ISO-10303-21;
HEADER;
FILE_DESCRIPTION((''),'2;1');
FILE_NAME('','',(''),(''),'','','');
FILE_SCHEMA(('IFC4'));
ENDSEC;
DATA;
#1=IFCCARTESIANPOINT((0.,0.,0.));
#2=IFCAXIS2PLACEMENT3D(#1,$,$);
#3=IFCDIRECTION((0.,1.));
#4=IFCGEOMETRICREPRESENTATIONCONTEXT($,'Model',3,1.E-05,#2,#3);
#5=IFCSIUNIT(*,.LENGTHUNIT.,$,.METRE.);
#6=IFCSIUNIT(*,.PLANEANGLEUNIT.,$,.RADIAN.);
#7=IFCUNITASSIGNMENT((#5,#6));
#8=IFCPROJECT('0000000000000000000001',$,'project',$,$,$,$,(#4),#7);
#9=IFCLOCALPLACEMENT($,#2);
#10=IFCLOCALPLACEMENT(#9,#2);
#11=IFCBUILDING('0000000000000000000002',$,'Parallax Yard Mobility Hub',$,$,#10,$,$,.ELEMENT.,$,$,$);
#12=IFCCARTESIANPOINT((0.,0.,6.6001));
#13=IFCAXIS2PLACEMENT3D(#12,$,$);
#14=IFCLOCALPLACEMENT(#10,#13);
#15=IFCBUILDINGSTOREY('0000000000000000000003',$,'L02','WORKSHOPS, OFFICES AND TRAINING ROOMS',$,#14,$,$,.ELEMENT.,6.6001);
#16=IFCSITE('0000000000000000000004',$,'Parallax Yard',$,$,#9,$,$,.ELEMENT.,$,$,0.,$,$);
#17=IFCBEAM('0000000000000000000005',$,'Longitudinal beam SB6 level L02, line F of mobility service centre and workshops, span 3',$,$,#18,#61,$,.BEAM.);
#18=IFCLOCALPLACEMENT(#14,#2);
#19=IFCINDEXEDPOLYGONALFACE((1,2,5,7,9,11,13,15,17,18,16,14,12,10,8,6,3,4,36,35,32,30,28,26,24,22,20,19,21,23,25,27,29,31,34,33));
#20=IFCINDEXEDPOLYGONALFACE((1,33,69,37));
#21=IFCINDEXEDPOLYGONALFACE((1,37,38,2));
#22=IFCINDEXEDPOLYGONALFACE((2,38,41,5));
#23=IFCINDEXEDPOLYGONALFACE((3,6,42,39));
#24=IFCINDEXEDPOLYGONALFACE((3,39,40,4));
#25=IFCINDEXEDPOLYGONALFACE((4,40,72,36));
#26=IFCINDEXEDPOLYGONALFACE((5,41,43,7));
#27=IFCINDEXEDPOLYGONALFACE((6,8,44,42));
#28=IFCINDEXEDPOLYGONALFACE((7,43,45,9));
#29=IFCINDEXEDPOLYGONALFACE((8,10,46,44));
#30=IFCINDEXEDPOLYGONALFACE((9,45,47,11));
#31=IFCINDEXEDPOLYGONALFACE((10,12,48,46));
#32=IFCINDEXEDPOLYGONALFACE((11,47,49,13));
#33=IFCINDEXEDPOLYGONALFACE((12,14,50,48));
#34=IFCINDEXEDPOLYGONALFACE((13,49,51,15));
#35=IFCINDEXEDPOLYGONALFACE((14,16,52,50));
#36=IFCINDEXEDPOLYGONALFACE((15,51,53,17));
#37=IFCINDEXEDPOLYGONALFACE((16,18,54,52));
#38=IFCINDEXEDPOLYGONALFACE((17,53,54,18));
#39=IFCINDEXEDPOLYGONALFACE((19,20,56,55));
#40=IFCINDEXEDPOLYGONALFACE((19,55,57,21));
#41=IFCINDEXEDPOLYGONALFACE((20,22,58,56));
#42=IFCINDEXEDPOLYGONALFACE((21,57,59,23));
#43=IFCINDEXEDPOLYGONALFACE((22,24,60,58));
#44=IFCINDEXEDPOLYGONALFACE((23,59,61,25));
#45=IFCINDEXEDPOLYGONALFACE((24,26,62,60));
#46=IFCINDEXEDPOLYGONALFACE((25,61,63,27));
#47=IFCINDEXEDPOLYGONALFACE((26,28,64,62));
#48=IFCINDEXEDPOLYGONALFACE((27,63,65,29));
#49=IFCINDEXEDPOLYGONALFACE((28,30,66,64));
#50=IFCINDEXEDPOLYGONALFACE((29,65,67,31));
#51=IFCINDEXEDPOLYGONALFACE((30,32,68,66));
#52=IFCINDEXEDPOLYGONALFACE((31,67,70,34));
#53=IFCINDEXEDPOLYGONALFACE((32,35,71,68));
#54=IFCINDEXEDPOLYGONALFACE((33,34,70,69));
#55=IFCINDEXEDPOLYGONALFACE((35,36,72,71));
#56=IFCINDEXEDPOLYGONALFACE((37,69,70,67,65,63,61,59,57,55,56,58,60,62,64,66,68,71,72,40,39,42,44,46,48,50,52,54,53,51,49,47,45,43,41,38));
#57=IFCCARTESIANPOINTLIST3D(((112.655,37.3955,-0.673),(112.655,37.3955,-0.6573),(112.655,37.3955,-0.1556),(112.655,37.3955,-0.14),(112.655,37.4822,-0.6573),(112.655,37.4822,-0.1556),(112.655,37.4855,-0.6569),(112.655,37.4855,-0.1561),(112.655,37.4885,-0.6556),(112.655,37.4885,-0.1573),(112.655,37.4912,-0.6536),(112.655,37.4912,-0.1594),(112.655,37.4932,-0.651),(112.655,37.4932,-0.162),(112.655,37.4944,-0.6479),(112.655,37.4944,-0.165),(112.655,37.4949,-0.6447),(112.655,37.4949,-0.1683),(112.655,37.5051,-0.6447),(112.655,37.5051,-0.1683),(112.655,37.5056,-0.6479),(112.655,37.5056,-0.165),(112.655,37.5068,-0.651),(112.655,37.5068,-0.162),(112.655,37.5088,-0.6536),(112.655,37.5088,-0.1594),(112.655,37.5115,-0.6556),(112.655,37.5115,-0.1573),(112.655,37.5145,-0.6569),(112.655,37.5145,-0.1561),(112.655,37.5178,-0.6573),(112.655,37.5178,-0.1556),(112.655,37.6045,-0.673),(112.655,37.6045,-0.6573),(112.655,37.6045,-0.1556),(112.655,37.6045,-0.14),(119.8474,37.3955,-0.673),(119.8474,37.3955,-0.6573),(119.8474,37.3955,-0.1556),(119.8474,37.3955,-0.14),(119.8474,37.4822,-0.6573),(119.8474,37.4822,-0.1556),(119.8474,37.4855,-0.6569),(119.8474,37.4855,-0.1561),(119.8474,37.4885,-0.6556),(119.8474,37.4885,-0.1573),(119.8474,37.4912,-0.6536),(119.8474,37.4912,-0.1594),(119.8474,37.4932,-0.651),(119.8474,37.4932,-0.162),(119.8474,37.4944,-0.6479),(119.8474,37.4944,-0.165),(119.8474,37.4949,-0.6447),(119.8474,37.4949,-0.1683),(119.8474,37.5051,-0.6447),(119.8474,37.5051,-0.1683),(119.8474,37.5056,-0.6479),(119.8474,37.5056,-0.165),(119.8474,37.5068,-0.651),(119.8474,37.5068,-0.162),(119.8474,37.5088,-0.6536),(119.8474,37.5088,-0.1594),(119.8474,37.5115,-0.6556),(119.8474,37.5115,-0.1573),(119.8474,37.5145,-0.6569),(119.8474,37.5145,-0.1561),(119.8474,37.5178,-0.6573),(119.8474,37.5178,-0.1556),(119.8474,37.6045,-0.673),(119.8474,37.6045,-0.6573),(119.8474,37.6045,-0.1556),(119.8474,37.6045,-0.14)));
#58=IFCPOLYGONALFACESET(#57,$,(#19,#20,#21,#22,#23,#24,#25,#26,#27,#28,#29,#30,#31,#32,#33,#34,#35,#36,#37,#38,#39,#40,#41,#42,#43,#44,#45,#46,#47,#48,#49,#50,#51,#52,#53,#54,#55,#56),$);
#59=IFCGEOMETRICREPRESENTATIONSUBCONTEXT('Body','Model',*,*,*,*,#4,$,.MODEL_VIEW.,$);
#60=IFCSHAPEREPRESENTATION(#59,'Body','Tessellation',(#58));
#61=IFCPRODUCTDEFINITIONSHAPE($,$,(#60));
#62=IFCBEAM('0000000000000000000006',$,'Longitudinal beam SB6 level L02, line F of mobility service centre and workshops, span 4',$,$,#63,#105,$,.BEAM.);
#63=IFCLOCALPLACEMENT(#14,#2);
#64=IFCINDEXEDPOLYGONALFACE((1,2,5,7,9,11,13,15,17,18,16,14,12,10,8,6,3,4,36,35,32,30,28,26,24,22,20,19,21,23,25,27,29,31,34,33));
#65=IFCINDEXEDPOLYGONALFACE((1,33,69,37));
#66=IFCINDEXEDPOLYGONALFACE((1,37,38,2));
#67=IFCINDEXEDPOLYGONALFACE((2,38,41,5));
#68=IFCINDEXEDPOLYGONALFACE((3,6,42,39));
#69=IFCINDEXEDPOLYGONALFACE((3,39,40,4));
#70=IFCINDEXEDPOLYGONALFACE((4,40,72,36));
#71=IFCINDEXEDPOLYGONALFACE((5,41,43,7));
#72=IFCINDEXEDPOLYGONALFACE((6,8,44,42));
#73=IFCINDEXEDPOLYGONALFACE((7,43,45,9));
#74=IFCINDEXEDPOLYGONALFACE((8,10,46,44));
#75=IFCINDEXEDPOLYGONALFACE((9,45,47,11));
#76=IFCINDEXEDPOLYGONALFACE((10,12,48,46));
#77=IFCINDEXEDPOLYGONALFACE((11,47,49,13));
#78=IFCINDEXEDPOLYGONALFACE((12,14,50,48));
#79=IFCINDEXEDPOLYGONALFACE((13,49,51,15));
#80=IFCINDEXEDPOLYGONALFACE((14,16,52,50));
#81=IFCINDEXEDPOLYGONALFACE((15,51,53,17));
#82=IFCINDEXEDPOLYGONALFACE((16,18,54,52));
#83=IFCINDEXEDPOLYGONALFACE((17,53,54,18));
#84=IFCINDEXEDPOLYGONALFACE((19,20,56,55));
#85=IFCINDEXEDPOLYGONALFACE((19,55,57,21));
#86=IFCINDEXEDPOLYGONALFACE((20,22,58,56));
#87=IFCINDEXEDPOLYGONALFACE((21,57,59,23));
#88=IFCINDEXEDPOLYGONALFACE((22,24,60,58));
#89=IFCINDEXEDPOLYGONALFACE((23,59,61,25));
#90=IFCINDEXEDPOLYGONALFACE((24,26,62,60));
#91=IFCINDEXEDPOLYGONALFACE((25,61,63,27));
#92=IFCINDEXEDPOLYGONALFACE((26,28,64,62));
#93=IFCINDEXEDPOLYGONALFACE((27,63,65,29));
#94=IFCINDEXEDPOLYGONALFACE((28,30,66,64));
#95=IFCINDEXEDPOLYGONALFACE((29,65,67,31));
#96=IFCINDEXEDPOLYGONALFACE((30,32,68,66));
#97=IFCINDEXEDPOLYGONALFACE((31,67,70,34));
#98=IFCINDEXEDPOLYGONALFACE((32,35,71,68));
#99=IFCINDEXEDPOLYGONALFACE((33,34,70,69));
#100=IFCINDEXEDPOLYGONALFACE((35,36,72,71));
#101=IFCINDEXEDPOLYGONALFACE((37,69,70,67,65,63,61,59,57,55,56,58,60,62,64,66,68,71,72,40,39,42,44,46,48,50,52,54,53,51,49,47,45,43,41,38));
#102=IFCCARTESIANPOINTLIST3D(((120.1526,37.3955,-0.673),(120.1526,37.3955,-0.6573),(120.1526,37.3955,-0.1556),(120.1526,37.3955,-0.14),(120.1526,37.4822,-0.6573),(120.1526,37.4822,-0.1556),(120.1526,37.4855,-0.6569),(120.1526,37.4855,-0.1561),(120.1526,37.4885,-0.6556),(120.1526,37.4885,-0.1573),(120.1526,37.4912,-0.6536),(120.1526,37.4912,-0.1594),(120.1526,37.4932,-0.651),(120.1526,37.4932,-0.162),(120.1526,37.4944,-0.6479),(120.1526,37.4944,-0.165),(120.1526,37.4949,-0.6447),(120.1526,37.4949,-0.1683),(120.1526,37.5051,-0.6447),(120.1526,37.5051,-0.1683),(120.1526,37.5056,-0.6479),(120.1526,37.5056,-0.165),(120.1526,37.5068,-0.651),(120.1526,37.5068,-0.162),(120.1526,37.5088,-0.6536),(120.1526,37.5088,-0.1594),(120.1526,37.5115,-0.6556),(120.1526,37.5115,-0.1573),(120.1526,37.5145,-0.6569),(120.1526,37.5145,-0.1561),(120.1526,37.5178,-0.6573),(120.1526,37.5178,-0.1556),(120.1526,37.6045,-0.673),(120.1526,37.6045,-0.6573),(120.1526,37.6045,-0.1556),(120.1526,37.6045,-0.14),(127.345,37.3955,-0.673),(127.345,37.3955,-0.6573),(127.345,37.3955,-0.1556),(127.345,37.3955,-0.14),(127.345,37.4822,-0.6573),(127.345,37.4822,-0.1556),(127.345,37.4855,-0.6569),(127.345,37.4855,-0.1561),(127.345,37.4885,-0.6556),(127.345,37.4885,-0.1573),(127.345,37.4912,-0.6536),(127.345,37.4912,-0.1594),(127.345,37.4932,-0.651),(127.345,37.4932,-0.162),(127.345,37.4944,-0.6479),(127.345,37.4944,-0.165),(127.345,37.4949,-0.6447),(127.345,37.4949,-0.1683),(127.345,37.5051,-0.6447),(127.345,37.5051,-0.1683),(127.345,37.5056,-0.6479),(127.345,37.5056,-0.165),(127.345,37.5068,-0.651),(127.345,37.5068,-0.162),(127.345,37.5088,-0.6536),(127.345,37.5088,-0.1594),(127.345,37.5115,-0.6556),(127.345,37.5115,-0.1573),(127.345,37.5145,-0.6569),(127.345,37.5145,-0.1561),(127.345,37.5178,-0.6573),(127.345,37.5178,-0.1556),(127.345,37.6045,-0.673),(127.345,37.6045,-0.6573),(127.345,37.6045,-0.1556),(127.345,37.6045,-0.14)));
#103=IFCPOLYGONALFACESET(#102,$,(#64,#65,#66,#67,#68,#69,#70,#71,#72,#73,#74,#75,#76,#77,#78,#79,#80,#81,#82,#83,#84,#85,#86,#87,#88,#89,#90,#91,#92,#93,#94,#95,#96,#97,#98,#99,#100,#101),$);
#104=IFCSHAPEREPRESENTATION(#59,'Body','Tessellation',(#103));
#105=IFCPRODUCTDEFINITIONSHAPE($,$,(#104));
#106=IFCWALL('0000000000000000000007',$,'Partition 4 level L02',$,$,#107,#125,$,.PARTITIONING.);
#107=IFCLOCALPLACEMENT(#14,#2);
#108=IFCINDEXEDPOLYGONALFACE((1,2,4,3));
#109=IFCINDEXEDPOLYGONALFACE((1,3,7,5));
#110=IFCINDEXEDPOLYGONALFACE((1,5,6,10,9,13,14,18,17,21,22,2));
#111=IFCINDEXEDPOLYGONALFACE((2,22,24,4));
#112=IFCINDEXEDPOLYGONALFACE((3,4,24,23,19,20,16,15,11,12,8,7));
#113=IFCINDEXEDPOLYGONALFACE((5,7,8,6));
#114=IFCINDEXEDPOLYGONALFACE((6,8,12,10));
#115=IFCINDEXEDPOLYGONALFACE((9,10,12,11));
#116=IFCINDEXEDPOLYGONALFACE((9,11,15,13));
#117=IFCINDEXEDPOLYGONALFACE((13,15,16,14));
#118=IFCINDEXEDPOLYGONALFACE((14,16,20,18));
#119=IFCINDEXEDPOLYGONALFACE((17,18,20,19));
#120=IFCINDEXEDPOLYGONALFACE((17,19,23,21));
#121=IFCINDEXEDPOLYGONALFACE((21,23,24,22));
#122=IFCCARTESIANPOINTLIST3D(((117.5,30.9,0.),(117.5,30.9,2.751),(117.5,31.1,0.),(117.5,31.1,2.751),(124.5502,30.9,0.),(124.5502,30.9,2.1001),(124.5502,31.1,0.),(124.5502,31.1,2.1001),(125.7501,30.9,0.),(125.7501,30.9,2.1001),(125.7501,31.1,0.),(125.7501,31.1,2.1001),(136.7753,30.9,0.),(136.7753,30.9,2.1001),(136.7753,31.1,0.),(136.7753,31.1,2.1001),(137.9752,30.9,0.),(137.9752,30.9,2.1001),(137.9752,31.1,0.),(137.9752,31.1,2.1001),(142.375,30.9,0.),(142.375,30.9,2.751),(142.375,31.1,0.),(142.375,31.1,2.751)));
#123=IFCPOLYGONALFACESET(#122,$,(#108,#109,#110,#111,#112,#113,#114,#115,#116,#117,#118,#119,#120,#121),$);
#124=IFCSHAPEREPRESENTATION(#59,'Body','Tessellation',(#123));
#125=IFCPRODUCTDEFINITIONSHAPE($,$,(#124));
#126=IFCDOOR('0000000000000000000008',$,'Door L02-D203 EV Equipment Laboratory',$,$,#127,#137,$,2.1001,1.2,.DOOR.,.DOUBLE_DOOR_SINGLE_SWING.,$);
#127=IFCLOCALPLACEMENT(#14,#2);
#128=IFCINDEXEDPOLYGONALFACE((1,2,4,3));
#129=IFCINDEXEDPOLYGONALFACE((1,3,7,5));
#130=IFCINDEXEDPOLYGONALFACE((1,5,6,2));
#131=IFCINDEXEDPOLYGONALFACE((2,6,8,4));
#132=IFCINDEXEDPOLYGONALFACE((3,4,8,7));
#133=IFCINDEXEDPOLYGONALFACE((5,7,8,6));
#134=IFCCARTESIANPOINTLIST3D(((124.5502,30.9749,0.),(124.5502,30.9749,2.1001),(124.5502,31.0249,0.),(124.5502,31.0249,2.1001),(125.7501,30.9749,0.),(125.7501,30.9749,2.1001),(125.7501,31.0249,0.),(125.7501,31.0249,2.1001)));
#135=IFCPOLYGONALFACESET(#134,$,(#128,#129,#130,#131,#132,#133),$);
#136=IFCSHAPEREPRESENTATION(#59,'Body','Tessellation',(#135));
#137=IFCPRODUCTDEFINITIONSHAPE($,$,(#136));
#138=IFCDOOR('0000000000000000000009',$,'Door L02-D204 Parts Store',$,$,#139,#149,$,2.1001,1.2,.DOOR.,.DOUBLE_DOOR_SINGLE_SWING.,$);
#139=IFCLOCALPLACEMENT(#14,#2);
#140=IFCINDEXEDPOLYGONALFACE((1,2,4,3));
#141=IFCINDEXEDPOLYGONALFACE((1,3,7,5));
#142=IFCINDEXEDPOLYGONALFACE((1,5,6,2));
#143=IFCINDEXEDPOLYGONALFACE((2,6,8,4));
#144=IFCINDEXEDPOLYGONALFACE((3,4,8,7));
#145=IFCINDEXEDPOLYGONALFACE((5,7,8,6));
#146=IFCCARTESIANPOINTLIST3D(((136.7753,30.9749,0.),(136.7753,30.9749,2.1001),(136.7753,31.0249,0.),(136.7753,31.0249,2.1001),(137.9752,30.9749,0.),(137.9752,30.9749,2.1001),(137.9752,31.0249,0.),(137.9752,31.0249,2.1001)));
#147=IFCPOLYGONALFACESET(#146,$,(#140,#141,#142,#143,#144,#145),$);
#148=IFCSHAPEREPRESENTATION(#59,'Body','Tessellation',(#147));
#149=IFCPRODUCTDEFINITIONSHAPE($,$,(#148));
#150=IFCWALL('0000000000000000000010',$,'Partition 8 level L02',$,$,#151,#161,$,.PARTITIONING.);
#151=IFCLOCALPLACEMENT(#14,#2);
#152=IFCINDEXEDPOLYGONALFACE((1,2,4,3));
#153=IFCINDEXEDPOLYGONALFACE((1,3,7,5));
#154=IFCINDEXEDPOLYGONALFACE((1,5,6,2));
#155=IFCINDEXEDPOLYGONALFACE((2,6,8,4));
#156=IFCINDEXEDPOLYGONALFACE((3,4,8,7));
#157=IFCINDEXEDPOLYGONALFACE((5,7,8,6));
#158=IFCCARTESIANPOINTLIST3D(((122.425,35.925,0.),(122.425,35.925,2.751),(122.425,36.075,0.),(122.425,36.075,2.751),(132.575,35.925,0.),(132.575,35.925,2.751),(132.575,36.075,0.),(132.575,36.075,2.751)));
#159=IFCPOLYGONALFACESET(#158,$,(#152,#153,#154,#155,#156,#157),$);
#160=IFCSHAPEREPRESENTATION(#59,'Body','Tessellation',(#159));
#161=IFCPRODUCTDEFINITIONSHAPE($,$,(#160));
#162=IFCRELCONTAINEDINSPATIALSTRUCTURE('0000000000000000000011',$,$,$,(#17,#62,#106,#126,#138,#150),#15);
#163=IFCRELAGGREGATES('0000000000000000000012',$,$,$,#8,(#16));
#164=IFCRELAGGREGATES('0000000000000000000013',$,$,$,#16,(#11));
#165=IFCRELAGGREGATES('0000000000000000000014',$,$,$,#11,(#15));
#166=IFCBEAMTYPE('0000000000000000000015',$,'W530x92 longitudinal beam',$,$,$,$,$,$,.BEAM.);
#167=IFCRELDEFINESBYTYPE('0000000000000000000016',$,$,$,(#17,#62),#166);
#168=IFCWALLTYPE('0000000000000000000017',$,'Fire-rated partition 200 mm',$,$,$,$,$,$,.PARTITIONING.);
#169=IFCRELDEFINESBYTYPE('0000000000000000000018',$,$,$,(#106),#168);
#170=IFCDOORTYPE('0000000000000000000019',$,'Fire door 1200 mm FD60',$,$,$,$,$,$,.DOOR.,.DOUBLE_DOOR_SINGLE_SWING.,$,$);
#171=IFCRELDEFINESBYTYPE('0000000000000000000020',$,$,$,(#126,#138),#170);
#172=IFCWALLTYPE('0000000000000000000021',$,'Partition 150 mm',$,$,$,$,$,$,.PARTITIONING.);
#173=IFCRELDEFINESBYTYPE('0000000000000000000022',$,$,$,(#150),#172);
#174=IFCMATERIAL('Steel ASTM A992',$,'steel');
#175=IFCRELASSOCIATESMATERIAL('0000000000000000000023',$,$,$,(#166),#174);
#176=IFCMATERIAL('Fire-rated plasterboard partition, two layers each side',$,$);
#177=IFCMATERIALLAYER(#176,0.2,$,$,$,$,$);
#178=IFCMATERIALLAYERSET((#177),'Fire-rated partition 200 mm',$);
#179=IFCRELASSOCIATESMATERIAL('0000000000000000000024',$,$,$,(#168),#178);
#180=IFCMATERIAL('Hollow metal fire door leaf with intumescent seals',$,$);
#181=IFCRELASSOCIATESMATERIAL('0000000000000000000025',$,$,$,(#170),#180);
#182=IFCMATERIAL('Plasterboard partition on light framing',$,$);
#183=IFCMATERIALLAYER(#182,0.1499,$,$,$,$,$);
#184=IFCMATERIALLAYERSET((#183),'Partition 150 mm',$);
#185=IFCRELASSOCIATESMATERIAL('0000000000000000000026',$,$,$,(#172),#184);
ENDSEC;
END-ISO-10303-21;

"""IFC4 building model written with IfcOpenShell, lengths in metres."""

from ifc_helpers import new_model, si_unit, direction, frame, frame_2d, origin, origin_2d, place, context, subcontext, project, spatial, rectangle, i_section, extrude, material, layer, layer_set, material_profile, profile_set, type_object, element, fill, save


model = new_model("IFC4")

# Units and contexts
model_context = context("Model", 3, precision=1e-05, world=origin(), true_north=direction((0.0, 1.0)))
body_context = subcontext(model_context, "Body", "Model", "MODEL_VIEW")
ifc_project = project(units=[si_unit("LENGTHUNIT", "METRE"), si_unit("PLANEANGLEUNIT", "RADIAN")], contexts=[model_context])

# Site, building, storey
site_placement = place(None, origin())
site = spatial("IfcSite", under=ifc_project, at=site_placement, Name="Parallax Yard", CompositionType="ELEMENT", RefElevation=0.0)
building_placement = place(site_placement, origin())
building = spatial("IfcBuilding", under=site, at=building_placement, Name="Parallax Yard Mobility Hub", CompositionType="ELEMENT")
storey_placement = place(building_placement, frame((0.0, 0.0, 6.6001)))
storey = spatial("IfcBuildingStorey", under=building, at=storey_placement, Name="L02", Description="WORKSHOPS, OFFICES AND TRAINING ROOMS", CompositionType="ELEMENT", Elevation=6.6001)

# Shared definitions
ifc_material_1 = material(Name="Steel ASTM A992", Category="steel")

# Beams
ifc_material_profile_1 = material_profile(ifc_material_1, i_section(OverallWidth=0.209, OverallDepth=0.533, WebThickness=0.0103, FlangeThickness=0.0156, FilletRadius=0.0127, at=origin_2d()), Name="W530x92")
ifc_profile_set_1 = profile_set([ifc_material_profile_1], Name="Steel ASTM A992")
beam_type_1 = type_object("IfcBeamType", Name="W530x92 longitudinal beam", PredefinedType="BEAM", material=ifc_profile_set_1)
for number, where, z_axis, x_axis, name in (
    (1, (112.655, 37.5, -0.4065), (1.0, 0.0, 0.0), (0.0, 1.0, 0.0), "Longitudinal beam SB6 level L02, line F of mobility service centre and workshops, span 3"),
    (2, (120.1526, 37.5, -0.4065), (1.0, 0.0, 0.0), (0.0, 1.0, 0.0), "Longitudinal beam SB6 level L02, line F of mobility service centre and workshops, span 4"),
):
    element("IfcBeam", number, at=place(storey_placement, frame(where, z_axis=z_axis, x_axis=x_axis)), inside=storey, type_object=beam_type_1, Name=name, PredefinedType="BEAM", context=body_context, shape_type="SweptSolid", body=[
        extrude(i_section(OverallWidth=0.209, OverallDepth=0.533, WebThickness=0.0103, FlangeThickness=0.0156, FilletRadius=0.0127, at=origin_2d()), origin(), (0.0, 0.0, 1.0), 7.1924),
    ])

# Wall, openings, doors
ifc_material_2 = material(Name="Fire-rated plasterboard partition, two layers each side")
ifc_layer_1 = layer(ifc_material_2, 0.2)
ifc_layer_set_1 = layer_set([ifc_layer_1], Name="Fire-rated partition 200 mm")
wall_type_1 = type_object("IfcWallType", Name="Fire-rated partition 200 mm", PredefinedType="PARTITIONING", material=ifc_layer_set_1)
wall_1_placement = place(storey_placement, frame((117.5, 31.0, 0.0), z_axis=(0.0, 0.0, 1.0), x_axis=(1.0, 0.0, 0.0)))
wall_1 = element("IfcWall", 3, at=wall_1_placement, inside=storey, type_object=wall_type_1, Name="Partition 4 level L02", PredefinedType="PARTITIONING", context=body_context, shape_type="SweptSolid", body=[
    extrude(rectangle(XDim=24.875, YDim=0.2, at=frame_2d((12.4375, 0.0))), origin(), (0.0, 0.0, 1.0), 2.751),
])
opening_1_placement = place(wall_1_placement, frame((7.05, 0.0, 0.0)))
opening_1 = element("IfcOpeningElement", 4, at=opening_1_placement, cuts=wall_1, PredefinedType="OPENING", context=body_context, shape_type="SweptSolid", body=[
    extrude(rectangle(XDim=1.2, YDim=2.1001, at=frame_2d((0.6001, 1.05))), frame((0.0, 0.1099, 0.0), z_axis=(0.0, -1.0, 0.0), x_axis=(1.0, 0.0, 0.0)), (0.0, 0.0, 1.0), 0.22),
])
opening_2_placement = place(wall_1_placement, frame((19.2751, 0.0, 0.0)))
opening_2 = element("IfcOpeningElement", 5, at=opening_2_placement, cuts=wall_1, PredefinedType="OPENING", context=body_context, shape_type="SweptSolid", body=[
    extrude(rectangle(XDim=1.2, YDim=2.1001, at=frame_2d((0.6001, 1.05))), frame((0.0, 0.1099, 0.0), z_axis=(0.0, -1.0, 0.0), x_axis=(1.0, 0.0, 0.0)), (0.0, 0.0, 1.0), 0.22),
])
ifc_material_3 = material(Name="Hollow metal fire door leaf with intumescent seals")
door_type_1 = type_object("IfcDoorType", Name="Fire door 1200 mm FD60", OperationType="DOUBLE_DOOR_SINGLE_SWING", PredefinedType="DOOR", material=ifc_material_3)
door_1_placement = place(opening_1_placement, origin())
door_1 = element("IfcDoor", 6, at=door_1_placement, inside=storey, type_object=door_type_1, Name="Door L02-D203 EV Equipment Laboratory", OperationType="DOUBLE_DOOR_SINGLE_SWING", OverallHeight=2.1001, OverallWidth=1.2, PredefinedType="DOOR", context=body_context, shape_type="SweptSolid", body=[
    extrude(rectangle(XDim=1.2, YDim=2.1001, at=frame_2d((0.6001, 1.05))), frame((0.0, 0.0249, 0.0), z_axis=(0.0, -1.0, 0.0), x_axis=(1.0, 0.0, 0.0)), (0.0, 0.0, 1.0), 0.05),
])
fill(opening_1, door_1)
door_2_placement = place(opening_2_placement, origin())
door_2 = element("IfcDoor", 7, at=door_2_placement, inside=storey, type_object=door_type_1, Name="Door L02-D204 Parts Store", OperationType="DOUBLE_DOOR_SINGLE_SWING", OverallHeight=2.1001, OverallWidth=1.2, PredefinedType="DOOR", context=body_context, shape_type="SweptSolid", body=[
    extrude(rectangle(XDim=1.2, YDim=2.1001, at=frame_2d((0.6001, 1.05))), frame((0.0, 0.0249, 0.0), z_axis=(0.0, -1.0, 0.0), x_axis=(1.0, 0.0, 0.0)), (0.0, 0.0, 1.0), 0.05),
])
fill(opening_2, door_2)

# Wall
ifc_material_4 = material(Name="Plasterboard partition on light framing")
ifc_layer_2 = layer(ifc_material_4, 0.1499)
ifc_layer_set_2 = layer_set([ifc_layer_2], Name="Partition 150 mm")
wall_type_2 = type_object("IfcWallType", Name="Partition 150 mm", PredefinedType="PARTITIONING", material=ifc_layer_set_2)
wall_2_placement = place(storey_placement, frame((122.425, 36.0, 0.0), z_axis=(0.0, 0.0, 1.0), x_axis=(1.0, 0.0, 0.0)))
element("IfcWall", 8, at=wall_2_placement, inside=storey, type_object=wall_type_2, Name="Partition 8 level L02", PredefinedType="PARTITIONING", context=body_context, shape_type="SweptSolid", body=[
    extrude(rectangle(XDim=10.1499, YDim=0.1499, at=frame_2d((5.075, 0.0))), origin(), (0.0, 0.0, 1.0), 2.751),
])

save(model, "model.ifc")
